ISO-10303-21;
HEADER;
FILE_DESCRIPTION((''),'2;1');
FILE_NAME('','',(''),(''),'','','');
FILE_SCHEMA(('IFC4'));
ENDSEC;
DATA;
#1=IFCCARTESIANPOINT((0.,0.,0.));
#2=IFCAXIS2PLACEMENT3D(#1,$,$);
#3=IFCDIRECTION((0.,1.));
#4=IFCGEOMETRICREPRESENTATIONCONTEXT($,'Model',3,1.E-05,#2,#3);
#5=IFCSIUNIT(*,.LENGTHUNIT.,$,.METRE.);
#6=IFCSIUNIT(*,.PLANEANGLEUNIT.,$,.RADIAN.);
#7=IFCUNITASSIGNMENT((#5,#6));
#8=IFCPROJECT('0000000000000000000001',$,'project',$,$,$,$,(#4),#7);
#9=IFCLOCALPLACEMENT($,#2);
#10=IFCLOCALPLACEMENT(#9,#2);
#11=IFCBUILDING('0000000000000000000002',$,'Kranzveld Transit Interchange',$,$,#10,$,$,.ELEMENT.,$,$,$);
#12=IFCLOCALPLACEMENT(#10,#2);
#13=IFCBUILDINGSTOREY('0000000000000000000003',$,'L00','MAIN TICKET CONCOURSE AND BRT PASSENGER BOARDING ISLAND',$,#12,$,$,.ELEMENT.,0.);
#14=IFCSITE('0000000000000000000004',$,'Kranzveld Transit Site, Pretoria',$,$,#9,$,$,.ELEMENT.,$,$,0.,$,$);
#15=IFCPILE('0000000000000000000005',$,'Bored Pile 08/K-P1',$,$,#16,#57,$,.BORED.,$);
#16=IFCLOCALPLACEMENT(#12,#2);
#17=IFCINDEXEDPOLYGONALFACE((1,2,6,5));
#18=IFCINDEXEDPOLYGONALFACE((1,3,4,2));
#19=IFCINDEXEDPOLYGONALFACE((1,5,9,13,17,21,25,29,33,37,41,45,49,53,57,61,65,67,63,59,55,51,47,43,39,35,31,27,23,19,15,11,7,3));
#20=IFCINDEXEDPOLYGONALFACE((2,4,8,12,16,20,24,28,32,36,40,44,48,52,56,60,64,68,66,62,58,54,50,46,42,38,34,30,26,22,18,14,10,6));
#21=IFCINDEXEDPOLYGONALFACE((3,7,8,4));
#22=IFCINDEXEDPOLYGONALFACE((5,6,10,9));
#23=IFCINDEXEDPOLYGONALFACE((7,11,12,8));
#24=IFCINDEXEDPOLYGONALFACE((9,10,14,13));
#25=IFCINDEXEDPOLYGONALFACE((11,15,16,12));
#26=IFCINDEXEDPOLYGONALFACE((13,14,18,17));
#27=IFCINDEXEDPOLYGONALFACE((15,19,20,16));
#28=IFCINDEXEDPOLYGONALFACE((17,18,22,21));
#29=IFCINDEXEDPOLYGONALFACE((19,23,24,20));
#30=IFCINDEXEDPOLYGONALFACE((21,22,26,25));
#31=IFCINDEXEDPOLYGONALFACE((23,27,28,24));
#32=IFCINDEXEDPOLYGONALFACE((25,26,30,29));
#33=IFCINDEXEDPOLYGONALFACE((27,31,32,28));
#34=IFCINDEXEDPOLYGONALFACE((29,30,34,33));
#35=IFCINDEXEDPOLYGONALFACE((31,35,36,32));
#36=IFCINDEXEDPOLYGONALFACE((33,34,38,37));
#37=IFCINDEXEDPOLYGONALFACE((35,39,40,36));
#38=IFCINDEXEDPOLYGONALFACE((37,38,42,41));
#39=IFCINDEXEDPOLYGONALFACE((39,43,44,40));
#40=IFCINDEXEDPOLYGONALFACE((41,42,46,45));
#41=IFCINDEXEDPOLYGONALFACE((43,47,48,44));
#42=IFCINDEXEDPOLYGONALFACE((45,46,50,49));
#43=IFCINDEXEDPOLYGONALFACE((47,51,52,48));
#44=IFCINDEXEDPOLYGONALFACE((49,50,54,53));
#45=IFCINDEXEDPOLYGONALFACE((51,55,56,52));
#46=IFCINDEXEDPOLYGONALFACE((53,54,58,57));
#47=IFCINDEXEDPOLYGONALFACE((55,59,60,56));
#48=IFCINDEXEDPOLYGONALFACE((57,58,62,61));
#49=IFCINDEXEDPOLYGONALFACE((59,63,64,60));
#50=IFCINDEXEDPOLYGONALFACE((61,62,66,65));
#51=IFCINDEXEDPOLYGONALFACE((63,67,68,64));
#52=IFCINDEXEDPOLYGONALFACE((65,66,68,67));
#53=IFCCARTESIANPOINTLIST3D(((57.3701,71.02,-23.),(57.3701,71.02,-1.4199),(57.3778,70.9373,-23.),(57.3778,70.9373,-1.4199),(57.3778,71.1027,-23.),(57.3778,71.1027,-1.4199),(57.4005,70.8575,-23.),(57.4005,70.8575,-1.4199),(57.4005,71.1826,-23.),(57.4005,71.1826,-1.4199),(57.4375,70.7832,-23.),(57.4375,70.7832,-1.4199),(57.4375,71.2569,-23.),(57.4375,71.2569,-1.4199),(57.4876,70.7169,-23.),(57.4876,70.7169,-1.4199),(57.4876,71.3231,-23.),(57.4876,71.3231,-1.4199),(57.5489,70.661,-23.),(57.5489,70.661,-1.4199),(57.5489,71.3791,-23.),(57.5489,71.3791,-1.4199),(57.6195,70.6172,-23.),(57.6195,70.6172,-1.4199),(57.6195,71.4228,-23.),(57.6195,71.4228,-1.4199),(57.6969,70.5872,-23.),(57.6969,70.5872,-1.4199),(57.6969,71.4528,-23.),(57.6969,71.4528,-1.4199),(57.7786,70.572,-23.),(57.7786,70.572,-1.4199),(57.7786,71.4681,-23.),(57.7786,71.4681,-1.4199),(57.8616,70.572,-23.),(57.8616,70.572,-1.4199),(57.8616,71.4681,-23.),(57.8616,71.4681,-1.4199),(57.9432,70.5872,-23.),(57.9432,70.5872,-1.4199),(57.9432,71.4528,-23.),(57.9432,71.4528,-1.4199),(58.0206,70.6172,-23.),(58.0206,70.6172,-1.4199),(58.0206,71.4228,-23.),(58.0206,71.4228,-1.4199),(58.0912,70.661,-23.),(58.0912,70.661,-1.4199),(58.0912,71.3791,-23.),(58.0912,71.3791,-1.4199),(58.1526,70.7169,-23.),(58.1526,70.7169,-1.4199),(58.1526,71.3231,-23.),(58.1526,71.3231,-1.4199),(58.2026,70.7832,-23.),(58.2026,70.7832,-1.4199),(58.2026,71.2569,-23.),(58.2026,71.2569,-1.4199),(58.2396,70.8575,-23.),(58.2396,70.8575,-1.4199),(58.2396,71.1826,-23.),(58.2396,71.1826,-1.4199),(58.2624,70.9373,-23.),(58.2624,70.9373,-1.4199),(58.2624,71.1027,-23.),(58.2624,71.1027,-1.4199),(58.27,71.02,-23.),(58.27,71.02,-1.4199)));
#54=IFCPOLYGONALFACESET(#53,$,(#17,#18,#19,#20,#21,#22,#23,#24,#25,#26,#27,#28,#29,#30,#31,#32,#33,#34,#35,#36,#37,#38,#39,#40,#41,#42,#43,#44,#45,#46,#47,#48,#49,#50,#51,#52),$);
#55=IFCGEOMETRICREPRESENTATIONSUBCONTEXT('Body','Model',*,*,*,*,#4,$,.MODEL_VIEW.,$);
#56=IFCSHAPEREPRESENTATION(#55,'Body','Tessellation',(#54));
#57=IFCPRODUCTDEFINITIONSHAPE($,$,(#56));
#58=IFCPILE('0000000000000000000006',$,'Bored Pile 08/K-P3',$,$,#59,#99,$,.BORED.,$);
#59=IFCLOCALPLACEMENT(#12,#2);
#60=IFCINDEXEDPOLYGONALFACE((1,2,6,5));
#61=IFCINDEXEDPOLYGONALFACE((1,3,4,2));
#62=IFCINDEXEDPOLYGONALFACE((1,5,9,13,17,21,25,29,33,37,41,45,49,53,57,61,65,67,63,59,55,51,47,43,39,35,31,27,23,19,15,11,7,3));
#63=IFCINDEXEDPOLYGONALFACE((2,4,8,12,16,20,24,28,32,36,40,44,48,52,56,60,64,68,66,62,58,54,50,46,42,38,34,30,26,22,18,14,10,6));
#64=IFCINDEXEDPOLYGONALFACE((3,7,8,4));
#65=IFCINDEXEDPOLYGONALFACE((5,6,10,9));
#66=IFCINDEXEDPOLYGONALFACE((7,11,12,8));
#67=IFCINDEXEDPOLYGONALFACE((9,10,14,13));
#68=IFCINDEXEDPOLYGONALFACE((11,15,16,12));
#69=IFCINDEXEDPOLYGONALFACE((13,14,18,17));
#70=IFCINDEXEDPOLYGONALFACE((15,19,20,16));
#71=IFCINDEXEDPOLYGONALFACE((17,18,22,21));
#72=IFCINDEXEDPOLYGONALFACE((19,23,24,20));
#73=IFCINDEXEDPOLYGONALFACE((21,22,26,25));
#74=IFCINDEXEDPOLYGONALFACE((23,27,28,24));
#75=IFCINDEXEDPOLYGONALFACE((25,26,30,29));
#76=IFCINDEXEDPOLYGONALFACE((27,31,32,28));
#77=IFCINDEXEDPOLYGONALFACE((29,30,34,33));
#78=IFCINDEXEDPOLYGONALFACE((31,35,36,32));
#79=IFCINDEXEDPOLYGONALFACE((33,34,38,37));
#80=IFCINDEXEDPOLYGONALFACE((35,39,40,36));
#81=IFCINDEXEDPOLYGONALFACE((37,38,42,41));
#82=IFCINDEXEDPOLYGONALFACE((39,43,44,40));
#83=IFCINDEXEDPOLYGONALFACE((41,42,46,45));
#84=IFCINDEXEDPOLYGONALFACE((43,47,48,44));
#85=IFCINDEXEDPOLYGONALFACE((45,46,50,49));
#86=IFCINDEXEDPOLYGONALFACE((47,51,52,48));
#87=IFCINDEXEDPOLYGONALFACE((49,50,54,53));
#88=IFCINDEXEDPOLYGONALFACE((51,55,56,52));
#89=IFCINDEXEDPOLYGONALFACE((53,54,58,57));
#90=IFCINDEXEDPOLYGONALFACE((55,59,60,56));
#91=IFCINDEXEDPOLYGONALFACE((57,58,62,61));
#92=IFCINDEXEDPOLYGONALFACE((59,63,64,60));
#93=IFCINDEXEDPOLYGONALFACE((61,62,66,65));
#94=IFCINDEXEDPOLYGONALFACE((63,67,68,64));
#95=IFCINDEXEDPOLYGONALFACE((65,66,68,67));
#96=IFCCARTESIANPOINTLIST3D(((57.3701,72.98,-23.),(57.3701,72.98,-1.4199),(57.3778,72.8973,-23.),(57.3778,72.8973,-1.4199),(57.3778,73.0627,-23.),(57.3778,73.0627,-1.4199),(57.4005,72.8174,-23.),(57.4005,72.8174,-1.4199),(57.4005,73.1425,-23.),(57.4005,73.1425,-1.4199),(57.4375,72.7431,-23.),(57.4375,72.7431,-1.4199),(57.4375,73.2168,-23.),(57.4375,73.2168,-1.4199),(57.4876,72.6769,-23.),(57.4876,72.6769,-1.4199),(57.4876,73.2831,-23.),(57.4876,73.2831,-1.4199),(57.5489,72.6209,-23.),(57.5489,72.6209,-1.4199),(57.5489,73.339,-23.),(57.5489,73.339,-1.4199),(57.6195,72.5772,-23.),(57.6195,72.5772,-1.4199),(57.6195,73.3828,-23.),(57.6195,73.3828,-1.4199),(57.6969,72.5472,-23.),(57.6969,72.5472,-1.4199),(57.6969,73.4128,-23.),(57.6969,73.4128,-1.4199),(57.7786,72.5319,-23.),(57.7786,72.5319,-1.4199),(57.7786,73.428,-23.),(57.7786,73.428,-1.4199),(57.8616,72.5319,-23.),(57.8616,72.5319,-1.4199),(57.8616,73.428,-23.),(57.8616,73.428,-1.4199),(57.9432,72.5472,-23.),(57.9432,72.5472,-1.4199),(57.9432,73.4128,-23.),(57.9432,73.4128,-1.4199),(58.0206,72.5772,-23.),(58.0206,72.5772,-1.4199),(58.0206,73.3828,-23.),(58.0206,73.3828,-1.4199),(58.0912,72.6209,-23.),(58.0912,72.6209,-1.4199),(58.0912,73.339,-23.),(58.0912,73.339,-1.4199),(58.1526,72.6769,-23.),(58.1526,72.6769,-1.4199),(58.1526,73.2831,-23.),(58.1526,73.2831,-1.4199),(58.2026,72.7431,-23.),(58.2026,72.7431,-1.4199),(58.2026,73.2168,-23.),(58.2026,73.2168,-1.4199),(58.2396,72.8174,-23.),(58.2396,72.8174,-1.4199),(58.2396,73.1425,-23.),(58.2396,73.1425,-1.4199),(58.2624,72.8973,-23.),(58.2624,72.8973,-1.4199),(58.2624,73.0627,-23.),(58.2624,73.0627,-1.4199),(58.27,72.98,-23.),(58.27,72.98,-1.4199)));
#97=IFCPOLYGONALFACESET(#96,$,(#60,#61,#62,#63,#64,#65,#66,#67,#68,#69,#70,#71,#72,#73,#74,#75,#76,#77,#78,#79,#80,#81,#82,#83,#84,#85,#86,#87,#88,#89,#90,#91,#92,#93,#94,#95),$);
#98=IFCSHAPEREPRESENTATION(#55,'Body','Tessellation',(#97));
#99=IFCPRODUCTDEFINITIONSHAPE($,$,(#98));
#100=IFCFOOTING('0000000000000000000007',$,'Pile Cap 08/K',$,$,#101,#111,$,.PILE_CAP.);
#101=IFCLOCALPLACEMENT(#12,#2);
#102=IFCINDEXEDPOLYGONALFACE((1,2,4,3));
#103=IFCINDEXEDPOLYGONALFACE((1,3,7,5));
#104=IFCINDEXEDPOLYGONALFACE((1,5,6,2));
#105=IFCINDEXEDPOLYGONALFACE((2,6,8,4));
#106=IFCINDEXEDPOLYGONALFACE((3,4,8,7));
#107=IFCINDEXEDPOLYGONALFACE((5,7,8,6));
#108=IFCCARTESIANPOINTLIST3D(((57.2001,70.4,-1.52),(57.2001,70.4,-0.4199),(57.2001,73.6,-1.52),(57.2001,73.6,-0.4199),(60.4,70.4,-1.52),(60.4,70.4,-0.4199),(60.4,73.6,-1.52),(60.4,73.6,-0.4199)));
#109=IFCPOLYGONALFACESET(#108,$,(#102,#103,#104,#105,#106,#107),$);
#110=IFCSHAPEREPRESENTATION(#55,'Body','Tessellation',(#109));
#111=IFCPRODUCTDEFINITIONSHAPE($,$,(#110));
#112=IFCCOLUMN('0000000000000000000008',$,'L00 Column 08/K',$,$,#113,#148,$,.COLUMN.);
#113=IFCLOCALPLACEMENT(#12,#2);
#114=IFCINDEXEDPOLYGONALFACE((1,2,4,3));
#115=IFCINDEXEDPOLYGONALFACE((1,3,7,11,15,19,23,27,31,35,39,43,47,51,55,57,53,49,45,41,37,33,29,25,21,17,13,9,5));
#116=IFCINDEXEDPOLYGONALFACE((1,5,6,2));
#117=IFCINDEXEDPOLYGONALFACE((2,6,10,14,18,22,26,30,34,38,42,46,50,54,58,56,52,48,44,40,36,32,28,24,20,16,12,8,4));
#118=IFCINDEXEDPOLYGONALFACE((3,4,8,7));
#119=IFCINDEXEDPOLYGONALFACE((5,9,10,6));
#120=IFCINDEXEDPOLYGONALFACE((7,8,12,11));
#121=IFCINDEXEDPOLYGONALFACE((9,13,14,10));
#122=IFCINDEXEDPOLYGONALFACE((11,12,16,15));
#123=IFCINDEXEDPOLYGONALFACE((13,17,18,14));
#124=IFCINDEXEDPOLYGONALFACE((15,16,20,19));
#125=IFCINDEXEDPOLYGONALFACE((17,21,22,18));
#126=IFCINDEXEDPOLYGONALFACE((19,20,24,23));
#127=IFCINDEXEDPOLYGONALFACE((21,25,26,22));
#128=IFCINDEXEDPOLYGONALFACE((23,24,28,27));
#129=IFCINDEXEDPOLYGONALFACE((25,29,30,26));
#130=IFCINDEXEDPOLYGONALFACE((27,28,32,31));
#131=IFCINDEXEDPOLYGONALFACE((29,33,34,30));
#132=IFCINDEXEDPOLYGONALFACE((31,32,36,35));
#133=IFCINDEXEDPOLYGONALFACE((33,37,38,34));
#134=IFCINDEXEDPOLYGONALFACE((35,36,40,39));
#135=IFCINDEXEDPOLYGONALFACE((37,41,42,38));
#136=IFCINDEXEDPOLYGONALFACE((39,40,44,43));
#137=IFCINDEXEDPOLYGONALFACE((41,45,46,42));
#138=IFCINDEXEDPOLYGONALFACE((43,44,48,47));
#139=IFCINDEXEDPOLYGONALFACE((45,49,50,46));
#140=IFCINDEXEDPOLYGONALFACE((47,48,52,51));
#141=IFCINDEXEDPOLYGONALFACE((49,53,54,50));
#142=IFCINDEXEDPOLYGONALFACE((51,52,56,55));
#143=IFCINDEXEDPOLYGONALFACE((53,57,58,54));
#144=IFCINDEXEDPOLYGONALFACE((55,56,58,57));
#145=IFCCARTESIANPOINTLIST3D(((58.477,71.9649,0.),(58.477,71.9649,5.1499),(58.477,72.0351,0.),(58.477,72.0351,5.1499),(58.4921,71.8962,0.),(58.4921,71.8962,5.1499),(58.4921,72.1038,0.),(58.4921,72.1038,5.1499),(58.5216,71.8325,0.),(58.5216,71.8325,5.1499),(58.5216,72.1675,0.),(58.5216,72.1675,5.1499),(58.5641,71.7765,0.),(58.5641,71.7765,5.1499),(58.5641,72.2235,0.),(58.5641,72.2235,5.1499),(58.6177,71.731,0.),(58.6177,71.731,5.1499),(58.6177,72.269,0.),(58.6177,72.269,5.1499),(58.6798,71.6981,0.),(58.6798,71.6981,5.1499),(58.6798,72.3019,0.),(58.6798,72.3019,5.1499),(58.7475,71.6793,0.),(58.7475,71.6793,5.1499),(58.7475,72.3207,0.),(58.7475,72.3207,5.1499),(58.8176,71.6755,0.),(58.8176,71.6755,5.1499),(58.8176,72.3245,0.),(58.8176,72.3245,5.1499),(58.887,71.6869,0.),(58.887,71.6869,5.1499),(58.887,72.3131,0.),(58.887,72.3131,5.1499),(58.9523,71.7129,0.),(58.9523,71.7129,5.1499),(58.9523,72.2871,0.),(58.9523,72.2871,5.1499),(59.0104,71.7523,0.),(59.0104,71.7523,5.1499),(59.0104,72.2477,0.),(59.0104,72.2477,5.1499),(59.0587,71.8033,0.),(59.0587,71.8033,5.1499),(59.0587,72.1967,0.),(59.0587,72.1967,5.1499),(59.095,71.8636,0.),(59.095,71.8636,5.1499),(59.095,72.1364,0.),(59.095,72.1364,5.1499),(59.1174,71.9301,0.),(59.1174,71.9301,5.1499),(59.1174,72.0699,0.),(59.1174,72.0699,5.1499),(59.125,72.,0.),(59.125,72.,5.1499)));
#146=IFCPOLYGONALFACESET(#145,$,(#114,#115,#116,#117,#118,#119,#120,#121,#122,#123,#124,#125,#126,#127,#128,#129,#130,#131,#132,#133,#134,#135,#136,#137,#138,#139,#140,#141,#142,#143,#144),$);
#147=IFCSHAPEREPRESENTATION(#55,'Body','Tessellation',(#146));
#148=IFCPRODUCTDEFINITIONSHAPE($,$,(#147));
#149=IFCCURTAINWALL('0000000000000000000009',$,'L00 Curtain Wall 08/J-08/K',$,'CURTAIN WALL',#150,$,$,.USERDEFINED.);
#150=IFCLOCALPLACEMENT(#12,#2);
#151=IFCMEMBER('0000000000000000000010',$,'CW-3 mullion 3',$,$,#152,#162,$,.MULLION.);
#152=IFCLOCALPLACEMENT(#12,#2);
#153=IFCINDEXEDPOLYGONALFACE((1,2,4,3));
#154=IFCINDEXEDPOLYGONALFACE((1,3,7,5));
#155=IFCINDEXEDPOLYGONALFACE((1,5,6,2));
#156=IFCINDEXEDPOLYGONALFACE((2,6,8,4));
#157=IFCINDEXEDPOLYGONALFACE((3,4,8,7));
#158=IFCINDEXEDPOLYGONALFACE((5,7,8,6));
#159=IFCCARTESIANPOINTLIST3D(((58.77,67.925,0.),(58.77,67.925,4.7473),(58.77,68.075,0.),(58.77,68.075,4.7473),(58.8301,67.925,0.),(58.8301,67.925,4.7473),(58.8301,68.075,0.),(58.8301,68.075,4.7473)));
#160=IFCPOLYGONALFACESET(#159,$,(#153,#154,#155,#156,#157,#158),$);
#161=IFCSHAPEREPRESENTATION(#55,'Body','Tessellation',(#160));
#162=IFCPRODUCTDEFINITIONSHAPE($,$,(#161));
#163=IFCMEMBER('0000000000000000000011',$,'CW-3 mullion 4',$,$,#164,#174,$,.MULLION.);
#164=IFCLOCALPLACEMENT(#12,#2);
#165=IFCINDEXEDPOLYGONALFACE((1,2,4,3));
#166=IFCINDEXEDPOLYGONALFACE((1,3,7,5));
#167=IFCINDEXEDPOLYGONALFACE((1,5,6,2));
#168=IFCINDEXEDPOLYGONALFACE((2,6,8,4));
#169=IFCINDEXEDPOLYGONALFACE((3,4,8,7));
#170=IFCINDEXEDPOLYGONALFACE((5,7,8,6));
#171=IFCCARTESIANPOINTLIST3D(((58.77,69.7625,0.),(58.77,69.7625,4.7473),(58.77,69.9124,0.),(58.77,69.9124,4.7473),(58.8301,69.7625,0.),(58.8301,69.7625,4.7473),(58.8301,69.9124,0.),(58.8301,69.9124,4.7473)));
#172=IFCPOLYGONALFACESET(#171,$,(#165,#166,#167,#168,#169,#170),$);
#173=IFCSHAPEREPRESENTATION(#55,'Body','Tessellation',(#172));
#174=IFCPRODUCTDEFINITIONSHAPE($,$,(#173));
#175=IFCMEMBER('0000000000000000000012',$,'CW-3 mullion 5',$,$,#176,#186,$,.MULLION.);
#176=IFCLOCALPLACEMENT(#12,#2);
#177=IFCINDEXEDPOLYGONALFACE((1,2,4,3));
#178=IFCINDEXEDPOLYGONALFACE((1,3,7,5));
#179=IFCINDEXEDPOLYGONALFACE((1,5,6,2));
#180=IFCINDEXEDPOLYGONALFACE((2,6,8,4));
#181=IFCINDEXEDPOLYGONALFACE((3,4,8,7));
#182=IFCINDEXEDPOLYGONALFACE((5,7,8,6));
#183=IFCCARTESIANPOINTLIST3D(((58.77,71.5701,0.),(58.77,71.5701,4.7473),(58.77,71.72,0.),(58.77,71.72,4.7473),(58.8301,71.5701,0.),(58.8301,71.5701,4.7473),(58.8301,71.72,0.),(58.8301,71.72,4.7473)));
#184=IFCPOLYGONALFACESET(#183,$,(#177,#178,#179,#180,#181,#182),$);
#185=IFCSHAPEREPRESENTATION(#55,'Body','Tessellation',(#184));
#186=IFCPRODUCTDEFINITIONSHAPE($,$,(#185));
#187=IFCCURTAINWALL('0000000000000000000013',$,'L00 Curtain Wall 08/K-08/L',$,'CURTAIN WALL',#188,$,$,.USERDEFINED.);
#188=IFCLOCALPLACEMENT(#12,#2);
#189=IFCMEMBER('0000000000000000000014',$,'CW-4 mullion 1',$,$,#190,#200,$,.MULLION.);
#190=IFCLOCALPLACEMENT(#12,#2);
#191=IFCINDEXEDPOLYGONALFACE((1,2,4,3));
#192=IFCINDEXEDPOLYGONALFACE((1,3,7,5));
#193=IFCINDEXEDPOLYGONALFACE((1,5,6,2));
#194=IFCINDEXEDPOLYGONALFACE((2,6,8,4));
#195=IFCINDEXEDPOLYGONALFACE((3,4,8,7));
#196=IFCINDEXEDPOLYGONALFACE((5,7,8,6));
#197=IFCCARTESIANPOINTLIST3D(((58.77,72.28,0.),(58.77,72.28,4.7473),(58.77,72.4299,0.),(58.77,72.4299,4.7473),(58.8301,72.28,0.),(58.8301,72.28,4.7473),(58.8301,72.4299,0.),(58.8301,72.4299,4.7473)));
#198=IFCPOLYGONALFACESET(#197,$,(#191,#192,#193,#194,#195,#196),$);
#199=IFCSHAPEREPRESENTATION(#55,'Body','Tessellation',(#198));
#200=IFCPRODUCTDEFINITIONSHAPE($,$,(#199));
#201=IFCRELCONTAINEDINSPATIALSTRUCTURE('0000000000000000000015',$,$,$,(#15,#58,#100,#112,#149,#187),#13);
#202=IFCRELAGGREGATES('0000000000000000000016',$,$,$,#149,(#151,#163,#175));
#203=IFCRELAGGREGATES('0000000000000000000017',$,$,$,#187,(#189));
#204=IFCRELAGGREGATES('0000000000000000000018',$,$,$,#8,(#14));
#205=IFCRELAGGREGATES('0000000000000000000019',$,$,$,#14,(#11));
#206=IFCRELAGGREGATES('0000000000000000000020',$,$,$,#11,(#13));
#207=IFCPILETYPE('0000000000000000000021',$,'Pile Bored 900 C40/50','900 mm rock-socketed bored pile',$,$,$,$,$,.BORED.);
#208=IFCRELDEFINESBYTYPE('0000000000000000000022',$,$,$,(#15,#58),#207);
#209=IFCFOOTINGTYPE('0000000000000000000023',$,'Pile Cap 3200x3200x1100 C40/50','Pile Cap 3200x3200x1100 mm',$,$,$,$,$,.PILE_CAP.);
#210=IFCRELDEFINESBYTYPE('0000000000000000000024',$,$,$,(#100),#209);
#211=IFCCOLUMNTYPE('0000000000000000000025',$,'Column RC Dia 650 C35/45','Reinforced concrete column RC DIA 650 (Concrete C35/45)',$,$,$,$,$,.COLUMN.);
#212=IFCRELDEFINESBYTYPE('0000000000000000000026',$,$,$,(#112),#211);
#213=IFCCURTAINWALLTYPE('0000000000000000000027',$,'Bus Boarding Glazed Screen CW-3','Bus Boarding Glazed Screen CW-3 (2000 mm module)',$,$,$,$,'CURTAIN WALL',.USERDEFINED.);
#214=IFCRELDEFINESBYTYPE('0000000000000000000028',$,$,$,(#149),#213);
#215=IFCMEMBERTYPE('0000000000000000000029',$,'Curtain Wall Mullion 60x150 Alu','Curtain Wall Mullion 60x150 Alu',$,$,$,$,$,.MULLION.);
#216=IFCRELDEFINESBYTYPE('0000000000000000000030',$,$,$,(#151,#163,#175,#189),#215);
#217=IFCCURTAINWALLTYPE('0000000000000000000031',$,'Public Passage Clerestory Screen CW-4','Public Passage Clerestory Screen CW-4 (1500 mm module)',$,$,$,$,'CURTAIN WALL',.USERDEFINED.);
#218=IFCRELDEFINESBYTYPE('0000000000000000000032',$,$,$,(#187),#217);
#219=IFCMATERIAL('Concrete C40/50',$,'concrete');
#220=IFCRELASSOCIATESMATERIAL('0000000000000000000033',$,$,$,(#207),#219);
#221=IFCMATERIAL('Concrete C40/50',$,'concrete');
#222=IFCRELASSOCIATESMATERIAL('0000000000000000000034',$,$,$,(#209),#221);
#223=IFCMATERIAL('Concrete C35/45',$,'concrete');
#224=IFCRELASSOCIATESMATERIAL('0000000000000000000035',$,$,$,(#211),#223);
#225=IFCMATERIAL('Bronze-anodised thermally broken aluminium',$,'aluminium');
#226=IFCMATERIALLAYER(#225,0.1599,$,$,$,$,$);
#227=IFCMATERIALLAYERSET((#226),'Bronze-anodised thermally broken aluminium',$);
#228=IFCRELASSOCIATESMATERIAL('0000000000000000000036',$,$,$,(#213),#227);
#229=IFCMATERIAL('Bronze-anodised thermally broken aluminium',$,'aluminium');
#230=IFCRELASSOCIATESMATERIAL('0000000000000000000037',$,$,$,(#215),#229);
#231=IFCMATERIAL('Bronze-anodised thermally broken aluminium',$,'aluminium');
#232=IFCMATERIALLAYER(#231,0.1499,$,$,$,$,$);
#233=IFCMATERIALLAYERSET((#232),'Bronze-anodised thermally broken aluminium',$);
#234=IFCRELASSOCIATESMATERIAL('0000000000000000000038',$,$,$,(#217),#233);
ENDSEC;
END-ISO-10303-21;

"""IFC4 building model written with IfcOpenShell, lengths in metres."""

from ifc_helpers import new_model, si_unit, direction, frame, origin, origin_2d, place, context, subcontext, project, spatial, rectangle, circle, extrude, material, layer, layer_set, material_profile, profile_set, type_object, element, aggregate, save


model = new_model("IFC4")

# Units and contexts
model_context = context("Model", 3, precision=1e-05, world=origin(), true_north=direction((0.0, 1.0)))
body_context = subcontext(model_context, "Body", "Model", "MODEL_VIEW")
ifc_project = project(units=[si_unit("LENGTHUNIT", "METRE"), si_unit("PLANEANGLEUNIT", "RADIAN")], contexts=[model_context])

# Site, building, storey
site_placement = place(None, origin())
site = spatial("IfcSite", under=ifc_project, at=site_placement, Name="Kranzveld Transit Site, Pretoria", CompositionType="ELEMENT", RefElevation=0.0)
building_placement = place(site_placement, origin())
building = spatial("IfcBuilding", under=site, at=building_placement, Name="Kranzveld Transit Interchange", CompositionType="ELEMENT")
storey_placement = place(building_placement, origin())
storey = spatial("IfcBuildingStorey", under=building, at=storey_placement, Name="L00", Description="MAIN TICKET CONCOURSE AND BRT PASSENGER BOARDING ISLAND", CompositionType="ELEMENT", Elevation=0.0)

# Piles
ifc_material_1 = material(Name="Concrete C40/50", Category="concrete")
ifc_material_profile_1 = material_profile(ifc_material_1, circle(Radius=0.45, at=origin_2d()), Name="BORED PILE 900")
ifc_profile_set_1 = profile_set([ifc_material_profile_1], Name="Concrete C40/50")
pile_type = type_object("IfcPileType", Name="Pile Bored 900 C40/50", Description="900 mm rock-socketed bored pile", PredefinedType="BORED", material=ifc_profile_set_1)
for number, where, z_axis, x_axis, name in (
    (1, (57.8201, 71.02, -1.4199), (0.0, 0.0, -1.0), (1.0, 0.0, 0.0), "Bored Pile 08/K-P1"),
    (2, (57.8201, 72.98, -1.4199), (0.0, 0.0, -1.0), (1.0, 0.0, 0.0), "Bored Pile 08/K-P3"),
):
    element("IfcPile", number, at=place(storey_placement, frame(where, z_axis=z_axis, x_axis=x_axis)), inside=storey, type_object=pile_type, Name=name, PredefinedType="BORED", context=body_context, shape_type="SweptSolid", body=[
        extrude(circle(Radius=0.45, at=origin_2d()), origin(), (0.0, 0.0, 1.0), 21.5801),
    ])

# Footing
ifc_material_2 = material(Name="Concrete C40/50", Category="concrete")
footing_type = type_object("IfcFootingType", Name="Pile Cap 3200x3200x1100 C40/50", Description="Pile Cap 3200x3200x1100 mm", PredefinedType="PILE_CAP", material=ifc_material_2)
footing_placement = place(storey_placement, frame((58.8, 72.0, -1.52), z_axis=(0.0, 0.0, 1.0), x_axis=(1.0, 0.0, 0.0)))
element("IfcFooting", 3, at=footing_placement, inside=storey, type_object=footing_type, Name="Pile Cap 08/K", PredefinedType="PILE_CAP", context=body_context, shape_type="SweptSolid", body=[
    extrude(rectangle(XDim=3.2, YDim=3.2, at=origin_2d()), origin(), (0.0, 0.0, 1.0), 1.1001),
])

# Column
ifc_material_3 = material(Name="Concrete C35/45", Category="concrete")
ifc_material_profile_2 = material_profile(ifc_material_3, circle(Radius=0.325, at=origin_2d()), Name="RC DIA 650")
ifc_profile_set_2 = profile_set([ifc_material_profile_2], Name="Concrete C35/45")
column_type = type_object("IfcColumnType", Name="Column RC Dia 650 C35/45", Description="Reinforced concrete column RC DIA 650 (Concrete C35/45)", PredefinedType="COLUMN", material=ifc_profile_set_2)
column_placement = place(storey_placement, frame((58.8, 72.0, 0.0), z_axis=(0.0, 0.0, 1.0), x_axis=(1.0, 0.0, 0.0)))
element("IfcColumn", 4, at=column_placement, inside=storey, type_object=column_type, Name="L00 Column 08/K", PredefinedType="COLUMN", context=body_context, shape_type="SweptSolid", body=[
    extrude(circle(Radius=0.325, at=origin_2d()), origin(), (0.0, 0.0, 1.0), 5.1499),
])

# Curtain wall, members
ifc_material_4 = material(Name="Bronze-anodised thermally broken aluminium", Category="aluminium")
ifc_layer_1 = layer(ifc_material_4, 0.1599)
ifc_layer_set_1 = layer_set([ifc_layer_1], Name="Bronze-anodised thermally broken aluminium")
curtain_wall_type_1 = type_object("IfcCurtainWallType", Name="Bus Boarding Glazed Screen CW-3", Description="Bus Boarding Glazed Screen CW-3 (2000 mm module)", ElementType="CURTAIN WALL", PredefinedType="USERDEFINED", material=ifc_layer_set_1)
curtain_wall_1_placement = place(storey_placement, origin())
curtain_wall_1 = element("IfcCurtainWall", 5, at=curtain_wall_1_placement, inside=storey, type_object=curtain_wall_type_1, Name="L00 Curtain Wall 08/J-08/K", ObjectType="CURTAIN WALL", PredefinedType="USERDEFINED")
ifc_material_5 = material(Name="Bronze-anodised thermally broken aluminium", Category="aluminium")
ifc_material_profile_3 = material_profile(ifc_material_5, rectangle(XDim=0.0601, YDim=0.1499, at=origin_2d()), Name="ALU MULLION 60x150")
ifc_profile_set_3 = profile_set([ifc_material_profile_3], Name="Bronze-anodised thermally broken aluminium")
member_type_1 = type_object("IfcMemberType", Name="Curtain Wall Mullion 60x150 Alu", Description="Curtain Wall Mullion 60x150 Alu", PredefinedType="MULLION", material=ifc_profile_set_3)
member_1_placement = place(storey_placement, frame((58.8, 68.0, 0.0), z_axis=(0.0, 0.0, 1.0), x_axis=(-1.0, 0.0, 0.0)))
member_1 = element("IfcMember", 6, at=member_1_placement, type_object=member_type_1, Name="CW-3 mullion 3", PredefinedType="MULLION", context=body_context, shape_type="SweptSolid", body=[
    extrude(rectangle(XDim=0.0601, YDim=0.1499, at=origin_2d()), origin(), (0.0, 0.0, 1.0), 4.7473),
])
member_2_placement = place(storey_placement, frame((58.8, 69.8374, 0.0), z_axis=(0.0, 0.0, 1.0), x_axis=(-1.0, 0.0, 0.0)))
member_2 = element("IfcMember", 7, at=member_2_placement, type_object=member_type_1, Name="CW-3 mullion 4", PredefinedType="MULLION", context=body_context, shape_type="SweptSolid", body=[
    extrude(rectangle(XDim=0.0601, YDim=0.1499, at=origin_2d()), origin(), (0.0, 0.0, 1.0), 4.7473),
])
member_3_placement = place(storey_placement, frame((58.8, 71.645, 0.0), z_axis=(0.0, 0.0, 1.0), x_axis=(-1.0, 0.0, 0.0)))
member_3 = element("IfcMember", 8, at=member_3_placement, type_object=member_type_1, Name="CW-3 mullion 5", PredefinedType="MULLION", context=body_context, shape_type="SweptSolid", body=[
    extrude(rectangle(XDim=0.0601, YDim=0.1499, at=origin_2d()), origin(), (0.0, 0.0, 1.0), 4.7473),
])

# Curtain wall, member
ifc_material_6 = material(Name="Bronze-anodised thermally broken aluminium", Category="aluminium")
ifc_layer_2 = layer(ifc_material_6, 0.1499)
ifc_layer_set_2 = layer_set([ifc_layer_2], Name="Bronze-anodised thermally broken aluminium")
curtain_wall_type_2 = type_object("IfcCurtainWallType", Name="Public Passage Clerestory Screen CW-4", Description="Public Passage Clerestory Screen CW-4 (1500 mm module)", ElementType="CURTAIN WALL", PredefinedType="USERDEFINED", material=ifc_layer_set_2)
curtain_wall_2_placement = place(storey_placement, origin())
curtain_wall_2 = element("IfcCurtainWall", 9, at=curtain_wall_2_placement, inside=storey, type_object=curtain_wall_type_2, Name="L00 Curtain Wall 08/K-08/L", ObjectType="CURTAIN WALL", PredefinedType="USERDEFINED")
member_4_placement = place(storey_placement, frame((58.8, 72.355, 0.0), z_axis=(0.0, 0.0, 1.0), x_axis=(-1.0, 0.0, 0.0)))
member_4 = element("IfcMember", 10, at=member_4_placement, type_object=member_type_1, Name="CW-4 mullion 1", PredefinedType="MULLION", context=body_context, shape_type="SweptSolid", body=[
    extrude(rectangle(XDim=0.0601, YDim=0.1499, at=origin_2d()), origin(), (0.0, 0.0, 1.0), 4.7473),
])

aggregate(curtain_wall_1, [member_1, member_2, member_3])
aggregate(curtain_wall_2, [member_4])

save(model, "model.ifc")
